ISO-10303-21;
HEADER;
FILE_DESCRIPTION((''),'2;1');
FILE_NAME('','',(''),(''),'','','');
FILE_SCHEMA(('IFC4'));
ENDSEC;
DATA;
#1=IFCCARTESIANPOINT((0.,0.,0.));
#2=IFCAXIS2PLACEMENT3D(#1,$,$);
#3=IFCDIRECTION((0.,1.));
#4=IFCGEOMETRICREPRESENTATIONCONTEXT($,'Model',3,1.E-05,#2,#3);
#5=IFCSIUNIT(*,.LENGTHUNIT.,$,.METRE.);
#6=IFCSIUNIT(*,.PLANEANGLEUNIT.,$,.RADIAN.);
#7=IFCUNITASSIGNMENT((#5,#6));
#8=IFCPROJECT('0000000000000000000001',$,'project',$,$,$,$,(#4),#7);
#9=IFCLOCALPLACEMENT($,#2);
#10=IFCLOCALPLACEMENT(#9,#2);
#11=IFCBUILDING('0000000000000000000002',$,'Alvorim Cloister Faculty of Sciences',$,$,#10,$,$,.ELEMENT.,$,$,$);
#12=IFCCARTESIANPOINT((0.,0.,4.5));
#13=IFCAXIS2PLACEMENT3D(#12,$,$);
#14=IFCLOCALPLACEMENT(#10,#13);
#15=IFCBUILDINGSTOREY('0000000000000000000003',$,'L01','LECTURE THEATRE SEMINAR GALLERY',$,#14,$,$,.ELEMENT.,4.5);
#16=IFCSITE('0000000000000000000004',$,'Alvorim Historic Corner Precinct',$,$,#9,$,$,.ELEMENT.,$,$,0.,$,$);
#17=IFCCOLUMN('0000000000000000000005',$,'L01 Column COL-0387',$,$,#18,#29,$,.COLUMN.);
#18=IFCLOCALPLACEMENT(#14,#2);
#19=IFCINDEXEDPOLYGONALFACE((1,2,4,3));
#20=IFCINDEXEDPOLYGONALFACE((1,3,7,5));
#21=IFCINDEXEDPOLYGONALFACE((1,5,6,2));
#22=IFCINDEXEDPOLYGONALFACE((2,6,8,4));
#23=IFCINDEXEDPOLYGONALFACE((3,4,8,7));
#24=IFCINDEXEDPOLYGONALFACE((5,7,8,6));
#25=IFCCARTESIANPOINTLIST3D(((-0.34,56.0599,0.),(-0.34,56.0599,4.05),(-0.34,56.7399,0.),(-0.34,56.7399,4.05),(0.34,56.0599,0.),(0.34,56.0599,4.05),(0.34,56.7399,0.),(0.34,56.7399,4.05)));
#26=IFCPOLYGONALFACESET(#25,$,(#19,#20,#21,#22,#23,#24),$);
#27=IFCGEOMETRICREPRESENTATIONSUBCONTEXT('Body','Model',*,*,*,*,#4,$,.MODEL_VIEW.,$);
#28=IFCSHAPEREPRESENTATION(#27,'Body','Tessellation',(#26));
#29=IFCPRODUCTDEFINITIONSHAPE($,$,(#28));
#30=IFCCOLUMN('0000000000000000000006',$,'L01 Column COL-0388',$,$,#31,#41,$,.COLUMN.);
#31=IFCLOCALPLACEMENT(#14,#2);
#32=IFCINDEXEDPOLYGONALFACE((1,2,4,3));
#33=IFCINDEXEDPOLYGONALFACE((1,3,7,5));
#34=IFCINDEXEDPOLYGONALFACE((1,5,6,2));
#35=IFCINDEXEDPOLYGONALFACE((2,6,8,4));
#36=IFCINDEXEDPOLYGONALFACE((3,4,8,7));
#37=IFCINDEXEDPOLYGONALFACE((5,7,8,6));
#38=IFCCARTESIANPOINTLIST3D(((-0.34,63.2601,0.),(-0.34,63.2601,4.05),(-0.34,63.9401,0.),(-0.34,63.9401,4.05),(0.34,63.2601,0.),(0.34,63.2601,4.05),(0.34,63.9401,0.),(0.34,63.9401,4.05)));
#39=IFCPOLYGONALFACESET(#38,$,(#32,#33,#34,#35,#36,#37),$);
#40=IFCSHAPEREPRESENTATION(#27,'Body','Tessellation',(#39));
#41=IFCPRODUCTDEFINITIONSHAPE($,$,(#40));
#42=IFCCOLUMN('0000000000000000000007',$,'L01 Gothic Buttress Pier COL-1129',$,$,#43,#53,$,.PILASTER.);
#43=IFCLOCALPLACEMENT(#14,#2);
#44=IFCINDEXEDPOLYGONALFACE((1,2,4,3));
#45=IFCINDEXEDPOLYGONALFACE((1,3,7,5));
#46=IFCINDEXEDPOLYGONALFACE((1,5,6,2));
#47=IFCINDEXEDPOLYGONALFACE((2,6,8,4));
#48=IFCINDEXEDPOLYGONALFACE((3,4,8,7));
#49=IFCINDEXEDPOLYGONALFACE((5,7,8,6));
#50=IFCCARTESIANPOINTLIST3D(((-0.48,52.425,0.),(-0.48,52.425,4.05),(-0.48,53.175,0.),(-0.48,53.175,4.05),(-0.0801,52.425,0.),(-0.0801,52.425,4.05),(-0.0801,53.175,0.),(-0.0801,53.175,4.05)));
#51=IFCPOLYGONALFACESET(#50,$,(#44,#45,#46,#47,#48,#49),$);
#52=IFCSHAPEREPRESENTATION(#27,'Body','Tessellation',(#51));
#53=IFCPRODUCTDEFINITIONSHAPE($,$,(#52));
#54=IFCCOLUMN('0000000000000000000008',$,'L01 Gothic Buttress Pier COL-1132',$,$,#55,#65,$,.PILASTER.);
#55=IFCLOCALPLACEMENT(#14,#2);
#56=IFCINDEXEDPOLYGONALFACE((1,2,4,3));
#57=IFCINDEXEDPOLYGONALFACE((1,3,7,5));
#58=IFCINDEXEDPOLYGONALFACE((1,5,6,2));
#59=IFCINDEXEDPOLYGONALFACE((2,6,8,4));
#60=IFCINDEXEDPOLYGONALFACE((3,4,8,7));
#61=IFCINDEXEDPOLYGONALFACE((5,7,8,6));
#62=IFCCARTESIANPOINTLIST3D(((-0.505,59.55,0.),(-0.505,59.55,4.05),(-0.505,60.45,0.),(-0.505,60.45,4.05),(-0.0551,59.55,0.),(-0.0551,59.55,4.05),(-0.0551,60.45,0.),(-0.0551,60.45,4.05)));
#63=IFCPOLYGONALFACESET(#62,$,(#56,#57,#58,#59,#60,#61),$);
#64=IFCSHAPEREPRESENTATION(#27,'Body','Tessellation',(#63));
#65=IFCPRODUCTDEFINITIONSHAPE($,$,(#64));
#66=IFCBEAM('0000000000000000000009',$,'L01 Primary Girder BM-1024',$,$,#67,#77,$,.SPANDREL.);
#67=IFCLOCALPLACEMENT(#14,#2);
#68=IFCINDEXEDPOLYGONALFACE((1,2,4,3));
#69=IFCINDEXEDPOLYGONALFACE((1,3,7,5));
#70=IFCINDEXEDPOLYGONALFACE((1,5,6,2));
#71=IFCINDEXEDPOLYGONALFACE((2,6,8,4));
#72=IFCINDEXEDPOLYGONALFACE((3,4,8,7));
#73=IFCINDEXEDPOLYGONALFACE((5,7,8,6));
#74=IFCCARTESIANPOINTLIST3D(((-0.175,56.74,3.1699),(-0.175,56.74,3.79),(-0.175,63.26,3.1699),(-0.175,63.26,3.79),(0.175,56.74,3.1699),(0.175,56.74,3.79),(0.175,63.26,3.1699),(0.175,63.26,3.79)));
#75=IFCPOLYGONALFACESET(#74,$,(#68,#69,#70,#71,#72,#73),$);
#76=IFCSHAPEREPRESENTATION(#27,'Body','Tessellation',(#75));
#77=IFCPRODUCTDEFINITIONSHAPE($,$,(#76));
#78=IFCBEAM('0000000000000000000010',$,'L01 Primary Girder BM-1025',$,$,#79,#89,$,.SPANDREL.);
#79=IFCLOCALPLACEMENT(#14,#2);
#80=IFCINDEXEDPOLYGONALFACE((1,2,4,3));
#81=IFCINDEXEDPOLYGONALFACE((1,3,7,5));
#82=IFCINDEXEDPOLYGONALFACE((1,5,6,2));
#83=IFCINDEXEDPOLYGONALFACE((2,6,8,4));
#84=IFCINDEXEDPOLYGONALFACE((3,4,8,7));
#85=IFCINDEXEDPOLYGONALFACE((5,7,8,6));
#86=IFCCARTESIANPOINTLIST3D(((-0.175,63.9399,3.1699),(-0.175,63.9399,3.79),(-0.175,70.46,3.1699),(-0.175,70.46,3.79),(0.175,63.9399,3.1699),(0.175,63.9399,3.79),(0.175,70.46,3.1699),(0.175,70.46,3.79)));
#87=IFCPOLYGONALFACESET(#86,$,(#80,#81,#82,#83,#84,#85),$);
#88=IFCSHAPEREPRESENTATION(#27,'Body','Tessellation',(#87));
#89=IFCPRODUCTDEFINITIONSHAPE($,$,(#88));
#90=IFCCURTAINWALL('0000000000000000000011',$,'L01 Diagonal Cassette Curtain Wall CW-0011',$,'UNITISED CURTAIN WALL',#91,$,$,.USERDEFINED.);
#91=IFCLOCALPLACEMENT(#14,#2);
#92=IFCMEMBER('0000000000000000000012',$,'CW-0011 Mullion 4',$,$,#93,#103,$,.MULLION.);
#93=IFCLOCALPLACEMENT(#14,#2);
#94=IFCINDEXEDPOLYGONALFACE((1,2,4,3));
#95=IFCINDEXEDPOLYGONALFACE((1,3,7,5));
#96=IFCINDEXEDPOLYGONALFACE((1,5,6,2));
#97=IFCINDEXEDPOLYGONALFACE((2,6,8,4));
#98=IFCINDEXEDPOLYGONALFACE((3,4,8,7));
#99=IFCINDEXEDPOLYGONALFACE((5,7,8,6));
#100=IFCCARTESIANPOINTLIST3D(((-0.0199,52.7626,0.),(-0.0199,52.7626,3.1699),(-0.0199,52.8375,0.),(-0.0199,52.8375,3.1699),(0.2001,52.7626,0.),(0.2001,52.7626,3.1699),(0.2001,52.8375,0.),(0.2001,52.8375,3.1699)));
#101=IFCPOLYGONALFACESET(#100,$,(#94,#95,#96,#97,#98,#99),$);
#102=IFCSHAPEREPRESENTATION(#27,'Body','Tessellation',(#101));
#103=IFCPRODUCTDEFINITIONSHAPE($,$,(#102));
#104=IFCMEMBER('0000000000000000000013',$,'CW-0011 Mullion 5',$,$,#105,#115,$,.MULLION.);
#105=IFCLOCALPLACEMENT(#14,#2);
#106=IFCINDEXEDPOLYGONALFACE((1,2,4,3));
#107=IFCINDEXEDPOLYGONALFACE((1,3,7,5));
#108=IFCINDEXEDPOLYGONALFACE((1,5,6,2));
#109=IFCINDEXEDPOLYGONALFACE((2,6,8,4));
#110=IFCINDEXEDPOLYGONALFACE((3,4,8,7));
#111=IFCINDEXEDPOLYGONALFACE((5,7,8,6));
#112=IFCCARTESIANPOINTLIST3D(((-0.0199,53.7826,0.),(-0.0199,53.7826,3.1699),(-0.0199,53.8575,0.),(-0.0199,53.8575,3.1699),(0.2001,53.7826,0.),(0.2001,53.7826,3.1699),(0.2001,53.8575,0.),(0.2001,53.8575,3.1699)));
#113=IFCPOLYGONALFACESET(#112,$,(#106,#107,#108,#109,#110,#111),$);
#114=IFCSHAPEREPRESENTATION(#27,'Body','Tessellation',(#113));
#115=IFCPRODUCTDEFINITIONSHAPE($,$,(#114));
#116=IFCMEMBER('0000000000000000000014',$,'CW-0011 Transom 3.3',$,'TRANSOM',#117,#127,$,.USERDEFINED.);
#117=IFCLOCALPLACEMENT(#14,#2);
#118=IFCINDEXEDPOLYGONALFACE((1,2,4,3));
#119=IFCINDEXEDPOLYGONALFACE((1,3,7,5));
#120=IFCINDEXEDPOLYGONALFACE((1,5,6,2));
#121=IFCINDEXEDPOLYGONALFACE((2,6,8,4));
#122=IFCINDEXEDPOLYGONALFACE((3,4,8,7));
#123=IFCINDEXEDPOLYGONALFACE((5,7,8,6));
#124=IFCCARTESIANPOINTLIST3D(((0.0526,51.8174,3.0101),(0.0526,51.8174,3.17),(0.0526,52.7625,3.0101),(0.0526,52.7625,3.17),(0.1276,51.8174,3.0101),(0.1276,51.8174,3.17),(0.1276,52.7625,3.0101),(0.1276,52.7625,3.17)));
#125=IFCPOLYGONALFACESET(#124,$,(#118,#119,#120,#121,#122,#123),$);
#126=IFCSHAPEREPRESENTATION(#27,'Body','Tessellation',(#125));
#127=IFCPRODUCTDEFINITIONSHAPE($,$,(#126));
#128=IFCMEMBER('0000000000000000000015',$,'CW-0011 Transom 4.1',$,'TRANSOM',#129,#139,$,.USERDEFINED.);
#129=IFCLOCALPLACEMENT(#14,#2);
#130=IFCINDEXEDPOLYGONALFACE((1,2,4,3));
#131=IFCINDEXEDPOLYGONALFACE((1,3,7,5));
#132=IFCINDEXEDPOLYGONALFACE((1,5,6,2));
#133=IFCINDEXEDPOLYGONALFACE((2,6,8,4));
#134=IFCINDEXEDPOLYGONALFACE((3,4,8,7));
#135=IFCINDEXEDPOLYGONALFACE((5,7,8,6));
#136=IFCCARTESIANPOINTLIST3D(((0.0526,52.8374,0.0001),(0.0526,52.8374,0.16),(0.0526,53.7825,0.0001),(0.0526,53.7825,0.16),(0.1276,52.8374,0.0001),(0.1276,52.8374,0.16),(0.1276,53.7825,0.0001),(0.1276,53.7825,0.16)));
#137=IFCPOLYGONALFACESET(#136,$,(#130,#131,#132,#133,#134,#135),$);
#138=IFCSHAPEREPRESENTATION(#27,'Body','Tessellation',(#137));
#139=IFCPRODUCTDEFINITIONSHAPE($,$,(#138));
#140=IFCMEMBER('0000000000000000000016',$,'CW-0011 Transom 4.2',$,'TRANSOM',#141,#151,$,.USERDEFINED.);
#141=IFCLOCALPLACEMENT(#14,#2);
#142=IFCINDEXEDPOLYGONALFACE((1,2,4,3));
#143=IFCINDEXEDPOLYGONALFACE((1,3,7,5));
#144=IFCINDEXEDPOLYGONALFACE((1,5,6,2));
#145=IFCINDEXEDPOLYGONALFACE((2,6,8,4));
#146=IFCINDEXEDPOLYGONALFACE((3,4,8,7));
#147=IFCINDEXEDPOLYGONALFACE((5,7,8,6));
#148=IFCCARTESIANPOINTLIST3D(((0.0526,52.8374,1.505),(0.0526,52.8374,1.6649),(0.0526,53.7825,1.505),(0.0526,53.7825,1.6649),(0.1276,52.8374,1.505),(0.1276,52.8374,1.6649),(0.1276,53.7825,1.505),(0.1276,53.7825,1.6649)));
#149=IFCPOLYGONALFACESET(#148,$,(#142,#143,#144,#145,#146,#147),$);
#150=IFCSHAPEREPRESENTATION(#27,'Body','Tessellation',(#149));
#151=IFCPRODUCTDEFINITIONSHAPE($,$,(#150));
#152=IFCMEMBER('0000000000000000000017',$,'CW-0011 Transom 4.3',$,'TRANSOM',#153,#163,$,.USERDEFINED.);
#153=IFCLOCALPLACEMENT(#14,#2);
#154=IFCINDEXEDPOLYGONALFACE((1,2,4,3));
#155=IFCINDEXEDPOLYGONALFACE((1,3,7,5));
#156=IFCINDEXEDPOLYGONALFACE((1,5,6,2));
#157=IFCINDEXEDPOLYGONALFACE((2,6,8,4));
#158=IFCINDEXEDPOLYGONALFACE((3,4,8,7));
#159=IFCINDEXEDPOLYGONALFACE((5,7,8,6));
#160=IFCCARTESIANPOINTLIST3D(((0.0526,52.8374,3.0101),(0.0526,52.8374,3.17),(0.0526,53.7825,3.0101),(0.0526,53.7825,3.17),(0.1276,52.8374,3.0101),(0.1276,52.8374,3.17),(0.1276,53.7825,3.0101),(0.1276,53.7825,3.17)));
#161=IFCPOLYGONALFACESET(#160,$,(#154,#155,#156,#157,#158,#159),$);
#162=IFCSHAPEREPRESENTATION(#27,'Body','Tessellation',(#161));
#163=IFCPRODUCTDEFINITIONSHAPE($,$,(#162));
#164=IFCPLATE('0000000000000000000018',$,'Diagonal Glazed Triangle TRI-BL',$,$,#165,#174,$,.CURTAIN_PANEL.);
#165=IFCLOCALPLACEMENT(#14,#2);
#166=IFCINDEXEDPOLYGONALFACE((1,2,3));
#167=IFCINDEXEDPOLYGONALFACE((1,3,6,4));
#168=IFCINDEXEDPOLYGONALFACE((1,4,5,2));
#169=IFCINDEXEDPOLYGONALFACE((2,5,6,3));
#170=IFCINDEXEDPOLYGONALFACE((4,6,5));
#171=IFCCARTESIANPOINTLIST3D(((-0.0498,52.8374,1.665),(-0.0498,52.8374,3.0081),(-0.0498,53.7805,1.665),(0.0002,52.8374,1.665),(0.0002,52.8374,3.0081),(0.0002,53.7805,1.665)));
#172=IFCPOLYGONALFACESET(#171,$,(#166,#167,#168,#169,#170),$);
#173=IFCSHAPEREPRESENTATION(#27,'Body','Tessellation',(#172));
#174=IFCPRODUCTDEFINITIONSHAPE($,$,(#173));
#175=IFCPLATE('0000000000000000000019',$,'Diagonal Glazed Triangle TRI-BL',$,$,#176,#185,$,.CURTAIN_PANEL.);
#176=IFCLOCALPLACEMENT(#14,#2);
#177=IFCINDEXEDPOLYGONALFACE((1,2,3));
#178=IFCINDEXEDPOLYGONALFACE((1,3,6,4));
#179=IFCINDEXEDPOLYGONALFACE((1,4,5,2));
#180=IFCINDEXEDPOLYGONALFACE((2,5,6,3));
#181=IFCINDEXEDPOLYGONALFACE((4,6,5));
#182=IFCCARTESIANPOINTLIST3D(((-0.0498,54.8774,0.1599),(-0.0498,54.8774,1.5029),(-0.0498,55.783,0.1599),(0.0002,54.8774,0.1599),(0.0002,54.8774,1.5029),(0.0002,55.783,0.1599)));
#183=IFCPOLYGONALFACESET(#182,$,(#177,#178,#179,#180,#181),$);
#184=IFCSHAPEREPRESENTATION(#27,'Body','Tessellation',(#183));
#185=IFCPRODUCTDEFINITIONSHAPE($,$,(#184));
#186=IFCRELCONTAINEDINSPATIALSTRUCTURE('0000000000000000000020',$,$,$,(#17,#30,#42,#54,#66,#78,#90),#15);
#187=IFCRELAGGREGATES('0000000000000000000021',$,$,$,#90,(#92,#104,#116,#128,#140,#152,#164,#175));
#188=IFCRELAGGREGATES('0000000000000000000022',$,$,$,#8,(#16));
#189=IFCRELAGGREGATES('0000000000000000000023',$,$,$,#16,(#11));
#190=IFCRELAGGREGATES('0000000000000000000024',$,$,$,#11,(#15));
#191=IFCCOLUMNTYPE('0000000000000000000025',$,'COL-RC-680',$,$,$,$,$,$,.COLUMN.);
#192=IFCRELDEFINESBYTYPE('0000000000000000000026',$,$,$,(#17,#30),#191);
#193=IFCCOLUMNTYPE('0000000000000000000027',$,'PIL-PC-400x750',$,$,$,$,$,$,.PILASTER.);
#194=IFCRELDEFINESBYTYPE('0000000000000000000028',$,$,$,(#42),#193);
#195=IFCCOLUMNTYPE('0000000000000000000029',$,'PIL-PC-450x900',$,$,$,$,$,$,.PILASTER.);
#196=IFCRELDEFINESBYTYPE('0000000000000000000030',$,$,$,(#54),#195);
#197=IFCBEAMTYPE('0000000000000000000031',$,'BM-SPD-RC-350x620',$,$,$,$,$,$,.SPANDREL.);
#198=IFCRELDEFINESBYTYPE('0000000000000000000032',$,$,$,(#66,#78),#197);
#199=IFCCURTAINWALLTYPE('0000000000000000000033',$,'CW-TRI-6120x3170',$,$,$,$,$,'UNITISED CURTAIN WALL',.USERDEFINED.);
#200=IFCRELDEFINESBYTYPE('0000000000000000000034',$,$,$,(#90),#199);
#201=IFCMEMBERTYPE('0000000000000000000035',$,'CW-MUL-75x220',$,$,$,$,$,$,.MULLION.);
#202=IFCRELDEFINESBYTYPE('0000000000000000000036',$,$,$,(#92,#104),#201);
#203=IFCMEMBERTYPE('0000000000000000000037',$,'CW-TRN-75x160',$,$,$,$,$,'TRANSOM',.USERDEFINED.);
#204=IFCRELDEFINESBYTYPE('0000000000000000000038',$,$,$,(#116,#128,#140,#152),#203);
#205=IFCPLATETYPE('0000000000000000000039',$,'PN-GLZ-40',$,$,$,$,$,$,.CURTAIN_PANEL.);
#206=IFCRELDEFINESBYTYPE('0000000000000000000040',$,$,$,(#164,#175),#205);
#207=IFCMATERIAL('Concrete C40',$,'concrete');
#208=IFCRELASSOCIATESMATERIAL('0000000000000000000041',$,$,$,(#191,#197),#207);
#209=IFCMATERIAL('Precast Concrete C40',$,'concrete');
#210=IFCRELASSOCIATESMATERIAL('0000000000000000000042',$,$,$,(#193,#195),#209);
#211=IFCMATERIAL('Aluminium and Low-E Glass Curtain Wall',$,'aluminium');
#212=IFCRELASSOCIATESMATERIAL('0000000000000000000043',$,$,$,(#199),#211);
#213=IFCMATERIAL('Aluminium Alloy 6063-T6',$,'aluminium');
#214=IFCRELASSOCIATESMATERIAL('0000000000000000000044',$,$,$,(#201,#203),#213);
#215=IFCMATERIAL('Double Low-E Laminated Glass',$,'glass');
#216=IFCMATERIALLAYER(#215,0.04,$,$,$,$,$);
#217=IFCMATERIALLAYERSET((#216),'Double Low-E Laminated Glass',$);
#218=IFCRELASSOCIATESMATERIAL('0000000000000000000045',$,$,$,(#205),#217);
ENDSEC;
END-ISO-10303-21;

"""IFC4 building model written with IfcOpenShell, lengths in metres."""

from ifc_helpers import new_model, si_unit, direction, frame, origin, origin_2d, place, context, subcontext, project, spatial, polyline, rectangle, outline, extrude, material, layer, layer_set, material_profile, profile_set, type_object, element, aggregate, save


model = new_model("IFC4")

# Units and contexts
model_context = context("Model", 3, precision=1e-05, world=origin(), true_north=direction((0.0, 1.0)))
body_context = subcontext(model_context, "Body", "Model", "MODEL_VIEW")
ifc_project = project(units=[si_unit("LENGTHUNIT", "METRE"), si_unit("PLANEANGLEUNIT", "RADIAN")], contexts=[model_context])

# Site, building, storey
site_placement = place(None, origin())
site = spatial("IfcSite", under=ifc_project, at=site_placement, Name="Alvorim Historic Corner Precinct", CompositionType="ELEMENT", RefElevation=0.0)
building_placement = place(site_placement, origin())
building = spatial("IfcBuilding", under=site, at=building_placement, Name="Alvorim Cloister Faculty of Sciences", CompositionType="ELEMENT")
storey_placement = place(building_placement, frame((0.0, 0.0, 4.5)))
storey = spatial("IfcBuildingStorey", under=building, at=storey_placement, Name="L01", Description="LECTURE THEATRE SEMINAR GALLERY", CompositionType="ELEMENT", Elevation=4.5)

# Columns
ifc_material_1 = material(Name="Concrete C40", Category="concrete")
ifc_material_profile_1 = material_profile(ifc_material_1, rectangle(XDim=0.6799, YDim=0.6799, at=origin_2d()), Name="RC40-COL-680x680")
ifc_profile_set_1 = profile_set([ifc_material_profile_1], Name="Concrete C40")
column_type_1 = type_object("IfcColumnType", Name="COL-RC-680", PredefinedType="COLUMN", material=ifc_profile_set_1)
for number, where, z_axis, x_axis, name in (
    (1, (0.0, 56.3999, 0.0), (0.0, 0.0, 1.0), (1.0, 0.0, 0.0), "L01 Column COL-0387"),
    (2, (0.0, 63.6001, 0.0), (0.0, 0.0, 1.0), (1.0, 0.0, 0.0), "L01 Column COL-0388"),
):
    element("IfcColumn", number, at=place(storey_placement, frame(where, z_axis=z_axis, x_axis=x_axis)), inside=storey, type_object=column_type_1, Name=name, PredefinedType="COLUMN", context=body_context, shape_type="SweptSolid", body=[
        extrude(rectangle(XDim=0.6799, YDim=0.6799, at=origin_2d()), origin(), (0.0, 0.0, 1.0), 4.05),
    ])
ifc_material_2 = material(Name="Precast Concrete C40", Category="concrete")
ifc_material_profile_2 = material_profile(ifc_material_2, rectangle(XDim=0.3999, YDim=0.75, at=origin_2d()), Name="RC40-PIL-400x750")
ifc_profile_set_2 = profile_set([ifc_material_profile_2], Name="Precast Concrete C40")
column_type_2 = type_object("IfcColumnType", Name="PIL-PC-400x750", PredefinedType="PILASTER", material=ifc_profile_set_2)
column_1_placement = place(storey_placement, frame((-0.28, 52.8, 0.0), z_axis=(0.0, 0.0, 1.0), x_axis=(1.0, 0.0, 0.0)))
element("IfcColumn", 3, at=column_1_placement, inside=storey, type_object=column_type_2, Name="L01 Gothic Buttress Pier COL-1129", PredefinedType="PILASTER", context=body_context, shape_type="SweptSolid", body=[
    extrude(rectangle(XDim=0.3999, YDim=0.75, at=origin_2d()), origin(), (0.0, 0.0, 1.0), 4.05),
])
ifc_material_profile_3 = material_profile(ifc_material_2, rectangle(XDim=0.45, YDim=0.8999, at=origin_2d()), Name="RC40-PIL-450x900")
ifc_profile_set_3 = profile_set([ifc_material_profile_3], Name="Precast Concrete C40")
column_type_3 = type_object("IfcColumnType", Name="PIL-PC-450x900", PredefinedType="PILASTER", material=ifc_profile_set_3)
column_2_placement = place(storey_placement, frame((-0.28, 60.0, 0.0), z_axis=(0.0, 0.0, 1.0), x_axis=(1.0, 0.0, 0.0)))
element("IfcColumn", 4, at=column_2_placement, inside=storey, type_object=column_type_3, Name="L01 Gothic Buttress Pier COL-1132", PredefinedType="PILASTER", context=body_context, shape_type="SweptSolid", body=[
    extrude(rectangle(XDim=0.45, YDim=0.8999, at=origin_2d()), origin(), (0.0, 0.0, 1.0), 4.05),
])

# Beams
ifc_material_profile_4 = material_profile(ifc_material_1, rectangle(XDim=0.3501, YDim=0.6201, at=origin_2d()), Name="RC40-SPD-350x620")
ifc_profile_set_4 = profile_set([ifc_material_profile_4], Name="Concrete C40")
beam_type = type_object("IfcBeamType", Name="BM-SPD-RC-350x620", PredefinedType="SPANDREL", material=ifc_profile_set_4)
for number, where, z_axis, x_axis, name in (
    (5, (0.0, 56.74, 3.48), (0.0, 1.0, 0.0), (-1.0, 0.0, 0.0), "L01 Primary Girder BM-1024"),
    (6, (0.0, 63.9399, 3.48), (0.0, 1.0, 0.0), (-1.0, 0.0, 0.0), "L01 Primary Girder BM-1025"),
):
    element("IfcBeam", number, at=place(storey_placement, frame(where, z_axis=z_axis, x_axis=x_axis)), inside=storey, type_object=beam_type, Name=name, PredefinedType="SPANDREL", context=body_context, shape_type="SweptSolid", body=[
        extrude(rectangle(XDim=0.3501, YDim=0.6201, at=origin_2d()), origin(), (0.0, 0.0, 1.0), 6.52),
    ])

# Curtain wall, members, plates
ifc_material_3 = material(Name="Aluminium and Low-E Glass Curtain Wall", Category="aluminium")
curtain_wall_type = type_object("IfcCurtainWallType", Name="CW-TRI-6120x3170", ElementType="UNITISED CURTAIN WALL", PredefinedType="USERDEFINED", material=ifc_material_3)
curtain_wall_placement = place(storey_placement, origin())
curtain_wall = element("IfcCurtainWall", 7, at=curtain_wall_placement, inside=storey, type_object=curtain_wall_type, Name="L01 Diagonal Cassette Curtain Wall CW-0011", ObjectType="UNITISED CURTAIN WALL", PredefinedType="USERDEFINED")
ifc_material_4 = material(Name="Aluminium Alloy 6063-T6", Category="aluminium")
ifc_material_profile_5 = material_profile(ifc_material_4, rectangle(XDim=0.075, YDim=0.22, at=origin_2d()), Name="ALU-MUL-75x220")
ifc_profile_set_5 = profile_set([ifc_material_profile_5], Name="Aluminium Alloy 6063-T6")
member_type_1 = type_object("IfcMemberType", Name="CW-MUL-75x220", PredefinedType="MULLION", material=ifc_profile_set_5)
member_1_placement = place(storey_placement, frame((0.0901, 52.8, 0.0), z_axis=(0.0, 0.0, 1.0), x_axis=(0.0, 1.0, 0.0)))
member_1 = element("IfcMember", 8, at=member_1_placement, type_object=member_type_1, Name="CW-0011 Mullion 4", PredefinedType="MULLION", context=body_context, shape_type="SweptSolid", body=[
    extrude(rectangle(XDim=0.075, YDim=0.22, at=origin_2d()), origin(), (0.0, 0.0, 1.0), 3.1699),
])
member_2_placement = place(storey_placement, frame((0.0901, 53.8201, 0.0), z_axis=(0.0, 0.0, 1.0), x_axis=(0.0, 1.0, 0.0)))
member_2 = element("IfcMember", 9, at=member_2_placement, type_object=member_type_1, Name="CW-0011 Mullion 5", PredefinedType="MULLION", context=body_context, shape_type="SweptSolid", body=[
    extrude(rectangle(XDim=0.075, YDim=0.22, at=origin_2d()), origin(), (0.0, 0.0, 1.0), 3.1699),
])
ifc_material_profile_6 = material_profile(ifc_material_4, rectangle(XDim=0.075, YDim=0.1599, at=origin_2d()), Name="ALU-TRN-75x160")
ifc_profile_set_6 = profile_set([ifc_material_profile_6], Name="Aluminium Alloy 6063-T6")
member_type_2 = type_object("IfcMemberType", Name="CW-TRN-75x160", ElementType="TRANSOM", PredefinedType="USERDEFINED", material=ifc_profile_set_6)
member_3_placement = place(storey_placement, frame((0.0901, 51.8174, 3.0901), z_axis=(0.0, 1.0, 0.0), x_axis=(-1.0, 0.0, 0.0)))
member_3 = element("IfcMember", 10, at=member_3_placement, type_object=member_type_2, Name="CW-0011 Transom 3.3", ObjectType="TRANSOM", PredefinedType="USERDEFINED", context=body_context, shape_type="SweptSolid", body=[
    extrude(rectangle(XDim=0.075, YDim=0.1599, at=origin_2d()), origin(), (0.0, 0.0, 1.0), 0.9451),
])
member_4_placement = place(storey_placement, frame((0.0901, 52.8374, 0.0801), z_axis=(0.0, 1.0, 0.0), x_axis=(-1.0, 0.0, 0.0)))
member_4 = element("IfcMember", 11, at=member_4_placement, type_object=member_type_2, Name="CW-0011 Transom 4.1", ObjectType="TRANSOM", PredefinedType="USERDEFINED", context=body_context, shape_type="SweptSolid", body=[
    extrude(rectangle(XDim=0.075, YDim=0.1599, at=origin_2d()), origin(), (0.0, 0.0, 1.0), 0.9451),
])
member_5_placement = place(storey_placement, frame((0.0901, 52.8374, 1.585), z_axis=(0.0, 1.0, 0.0), x_axis=(-1.0, 0.0, 0.0)))
member_5 = element("IfcMember", 12, at=member_5_placement, type_object=member_type_2, Name="CW-0011 Transom 4.2", ObjectType="TRANSOM", PredefinedType="USERDEFINED", context=body_context, shape_type="SweptSolid", body=[
    extrude(rectangle(XDim=0.075, YDim=0.1599, at=origin_2d()), origin(), (0.0, 0.0, 1.0), 0.9451),
])
member_6_placement = place(storey_placement, frame((0.0901, 52.8374, 3.0901), z_axis=(0.0, 1.0, 0.0), x_axis=(-1.0, 0.0, 0.0)))
member_6 = element("IfcMember", 13, at=member_6_placement, type_object=member_type_2, Name="CW-0011 Transom 4.3", ObjectType="TRANSOM", PredefinedType="USERDEFINED", context=body_context, shape_type="SweptSolid", body=[
    extrude(rectangle(XDim=0.075, YDim=0.1599, at=origin_2d()), origin(), (0.0, 0.0, 1.0), 0.9451),
])
ifc_material_5 = material(Name="Double Low-E Laminated Glass", Category="glass")
ifc_layer = layer(ifc_material_5, 0.04)
ifc_layer_set = layer_set([ifc_layer], Name="Double Low-E Laminated Glass")
plate_type = type_object("IfcPlateType", Name="PN-GLZ-40", PredefinedType="CURTAIN_PANEL", material=ifc_layer_set)
plate_1_placement = place(storey_placement, frame((-0.0249, 52.8374, 1.665), z_axis=(0.0, 0.0, 1.0), x_axis=(0.0, 1.0, 0.0)))
plate_1 = element("IfcPlate", 14, at=plate_1_placement, type_object=plate_type, Name="Diagonal Glazed Triangle TRI-BL", PredefinedType="CURTAIN_PANEL", context=body_context, shape_type="SweptSolid", body=[
    extrude(outline(polyline([(0.0, 0.0), (0.9431, 0.0), (0.0, 1.343), (0.0, 0.0)])), frame((0.0, 0.0249, 0.0), z_axis=(0.0, -1.0, 0.0), x_axis=(1.0, 0.0, 0.0)), (0.0, 0.0, 1.0), 0.05),
])
plate_2_placement = place(storey_placement, frame((-0.0249, 54.8774, 0.1599), z_axis=(0.0, 0.0, 1.0), x_axis=(0.0, 1.0, 0.0)))
plate_2 = element("IfcPlate", 15, at=plate_2_placement, type_object=plate_type, Name="Diagonal Glazed Triangle TRI-BL", PredefinedType="CURTAIN_PANEL", context=body_context, shape_type="SweptSolid", body=[
    extrude(outline(polyline([(0.0, 0.0), (0.9055, 0.0), (0.0, 1.343), (0.0, 0.0)])), frame((0.0, 0.0249, 0.0), z_axis=(0.0, -1.0, 0.0), x_axis=(1.0, 0.0, 0.0)), (0.0, 0.0, 1.0), 0.05),
])
aggregate(curtain_wall, [member_1, member_2, member_3, member_4, member_5, member_6, plate_1, plate_2])

save(model, "model.ifc")
